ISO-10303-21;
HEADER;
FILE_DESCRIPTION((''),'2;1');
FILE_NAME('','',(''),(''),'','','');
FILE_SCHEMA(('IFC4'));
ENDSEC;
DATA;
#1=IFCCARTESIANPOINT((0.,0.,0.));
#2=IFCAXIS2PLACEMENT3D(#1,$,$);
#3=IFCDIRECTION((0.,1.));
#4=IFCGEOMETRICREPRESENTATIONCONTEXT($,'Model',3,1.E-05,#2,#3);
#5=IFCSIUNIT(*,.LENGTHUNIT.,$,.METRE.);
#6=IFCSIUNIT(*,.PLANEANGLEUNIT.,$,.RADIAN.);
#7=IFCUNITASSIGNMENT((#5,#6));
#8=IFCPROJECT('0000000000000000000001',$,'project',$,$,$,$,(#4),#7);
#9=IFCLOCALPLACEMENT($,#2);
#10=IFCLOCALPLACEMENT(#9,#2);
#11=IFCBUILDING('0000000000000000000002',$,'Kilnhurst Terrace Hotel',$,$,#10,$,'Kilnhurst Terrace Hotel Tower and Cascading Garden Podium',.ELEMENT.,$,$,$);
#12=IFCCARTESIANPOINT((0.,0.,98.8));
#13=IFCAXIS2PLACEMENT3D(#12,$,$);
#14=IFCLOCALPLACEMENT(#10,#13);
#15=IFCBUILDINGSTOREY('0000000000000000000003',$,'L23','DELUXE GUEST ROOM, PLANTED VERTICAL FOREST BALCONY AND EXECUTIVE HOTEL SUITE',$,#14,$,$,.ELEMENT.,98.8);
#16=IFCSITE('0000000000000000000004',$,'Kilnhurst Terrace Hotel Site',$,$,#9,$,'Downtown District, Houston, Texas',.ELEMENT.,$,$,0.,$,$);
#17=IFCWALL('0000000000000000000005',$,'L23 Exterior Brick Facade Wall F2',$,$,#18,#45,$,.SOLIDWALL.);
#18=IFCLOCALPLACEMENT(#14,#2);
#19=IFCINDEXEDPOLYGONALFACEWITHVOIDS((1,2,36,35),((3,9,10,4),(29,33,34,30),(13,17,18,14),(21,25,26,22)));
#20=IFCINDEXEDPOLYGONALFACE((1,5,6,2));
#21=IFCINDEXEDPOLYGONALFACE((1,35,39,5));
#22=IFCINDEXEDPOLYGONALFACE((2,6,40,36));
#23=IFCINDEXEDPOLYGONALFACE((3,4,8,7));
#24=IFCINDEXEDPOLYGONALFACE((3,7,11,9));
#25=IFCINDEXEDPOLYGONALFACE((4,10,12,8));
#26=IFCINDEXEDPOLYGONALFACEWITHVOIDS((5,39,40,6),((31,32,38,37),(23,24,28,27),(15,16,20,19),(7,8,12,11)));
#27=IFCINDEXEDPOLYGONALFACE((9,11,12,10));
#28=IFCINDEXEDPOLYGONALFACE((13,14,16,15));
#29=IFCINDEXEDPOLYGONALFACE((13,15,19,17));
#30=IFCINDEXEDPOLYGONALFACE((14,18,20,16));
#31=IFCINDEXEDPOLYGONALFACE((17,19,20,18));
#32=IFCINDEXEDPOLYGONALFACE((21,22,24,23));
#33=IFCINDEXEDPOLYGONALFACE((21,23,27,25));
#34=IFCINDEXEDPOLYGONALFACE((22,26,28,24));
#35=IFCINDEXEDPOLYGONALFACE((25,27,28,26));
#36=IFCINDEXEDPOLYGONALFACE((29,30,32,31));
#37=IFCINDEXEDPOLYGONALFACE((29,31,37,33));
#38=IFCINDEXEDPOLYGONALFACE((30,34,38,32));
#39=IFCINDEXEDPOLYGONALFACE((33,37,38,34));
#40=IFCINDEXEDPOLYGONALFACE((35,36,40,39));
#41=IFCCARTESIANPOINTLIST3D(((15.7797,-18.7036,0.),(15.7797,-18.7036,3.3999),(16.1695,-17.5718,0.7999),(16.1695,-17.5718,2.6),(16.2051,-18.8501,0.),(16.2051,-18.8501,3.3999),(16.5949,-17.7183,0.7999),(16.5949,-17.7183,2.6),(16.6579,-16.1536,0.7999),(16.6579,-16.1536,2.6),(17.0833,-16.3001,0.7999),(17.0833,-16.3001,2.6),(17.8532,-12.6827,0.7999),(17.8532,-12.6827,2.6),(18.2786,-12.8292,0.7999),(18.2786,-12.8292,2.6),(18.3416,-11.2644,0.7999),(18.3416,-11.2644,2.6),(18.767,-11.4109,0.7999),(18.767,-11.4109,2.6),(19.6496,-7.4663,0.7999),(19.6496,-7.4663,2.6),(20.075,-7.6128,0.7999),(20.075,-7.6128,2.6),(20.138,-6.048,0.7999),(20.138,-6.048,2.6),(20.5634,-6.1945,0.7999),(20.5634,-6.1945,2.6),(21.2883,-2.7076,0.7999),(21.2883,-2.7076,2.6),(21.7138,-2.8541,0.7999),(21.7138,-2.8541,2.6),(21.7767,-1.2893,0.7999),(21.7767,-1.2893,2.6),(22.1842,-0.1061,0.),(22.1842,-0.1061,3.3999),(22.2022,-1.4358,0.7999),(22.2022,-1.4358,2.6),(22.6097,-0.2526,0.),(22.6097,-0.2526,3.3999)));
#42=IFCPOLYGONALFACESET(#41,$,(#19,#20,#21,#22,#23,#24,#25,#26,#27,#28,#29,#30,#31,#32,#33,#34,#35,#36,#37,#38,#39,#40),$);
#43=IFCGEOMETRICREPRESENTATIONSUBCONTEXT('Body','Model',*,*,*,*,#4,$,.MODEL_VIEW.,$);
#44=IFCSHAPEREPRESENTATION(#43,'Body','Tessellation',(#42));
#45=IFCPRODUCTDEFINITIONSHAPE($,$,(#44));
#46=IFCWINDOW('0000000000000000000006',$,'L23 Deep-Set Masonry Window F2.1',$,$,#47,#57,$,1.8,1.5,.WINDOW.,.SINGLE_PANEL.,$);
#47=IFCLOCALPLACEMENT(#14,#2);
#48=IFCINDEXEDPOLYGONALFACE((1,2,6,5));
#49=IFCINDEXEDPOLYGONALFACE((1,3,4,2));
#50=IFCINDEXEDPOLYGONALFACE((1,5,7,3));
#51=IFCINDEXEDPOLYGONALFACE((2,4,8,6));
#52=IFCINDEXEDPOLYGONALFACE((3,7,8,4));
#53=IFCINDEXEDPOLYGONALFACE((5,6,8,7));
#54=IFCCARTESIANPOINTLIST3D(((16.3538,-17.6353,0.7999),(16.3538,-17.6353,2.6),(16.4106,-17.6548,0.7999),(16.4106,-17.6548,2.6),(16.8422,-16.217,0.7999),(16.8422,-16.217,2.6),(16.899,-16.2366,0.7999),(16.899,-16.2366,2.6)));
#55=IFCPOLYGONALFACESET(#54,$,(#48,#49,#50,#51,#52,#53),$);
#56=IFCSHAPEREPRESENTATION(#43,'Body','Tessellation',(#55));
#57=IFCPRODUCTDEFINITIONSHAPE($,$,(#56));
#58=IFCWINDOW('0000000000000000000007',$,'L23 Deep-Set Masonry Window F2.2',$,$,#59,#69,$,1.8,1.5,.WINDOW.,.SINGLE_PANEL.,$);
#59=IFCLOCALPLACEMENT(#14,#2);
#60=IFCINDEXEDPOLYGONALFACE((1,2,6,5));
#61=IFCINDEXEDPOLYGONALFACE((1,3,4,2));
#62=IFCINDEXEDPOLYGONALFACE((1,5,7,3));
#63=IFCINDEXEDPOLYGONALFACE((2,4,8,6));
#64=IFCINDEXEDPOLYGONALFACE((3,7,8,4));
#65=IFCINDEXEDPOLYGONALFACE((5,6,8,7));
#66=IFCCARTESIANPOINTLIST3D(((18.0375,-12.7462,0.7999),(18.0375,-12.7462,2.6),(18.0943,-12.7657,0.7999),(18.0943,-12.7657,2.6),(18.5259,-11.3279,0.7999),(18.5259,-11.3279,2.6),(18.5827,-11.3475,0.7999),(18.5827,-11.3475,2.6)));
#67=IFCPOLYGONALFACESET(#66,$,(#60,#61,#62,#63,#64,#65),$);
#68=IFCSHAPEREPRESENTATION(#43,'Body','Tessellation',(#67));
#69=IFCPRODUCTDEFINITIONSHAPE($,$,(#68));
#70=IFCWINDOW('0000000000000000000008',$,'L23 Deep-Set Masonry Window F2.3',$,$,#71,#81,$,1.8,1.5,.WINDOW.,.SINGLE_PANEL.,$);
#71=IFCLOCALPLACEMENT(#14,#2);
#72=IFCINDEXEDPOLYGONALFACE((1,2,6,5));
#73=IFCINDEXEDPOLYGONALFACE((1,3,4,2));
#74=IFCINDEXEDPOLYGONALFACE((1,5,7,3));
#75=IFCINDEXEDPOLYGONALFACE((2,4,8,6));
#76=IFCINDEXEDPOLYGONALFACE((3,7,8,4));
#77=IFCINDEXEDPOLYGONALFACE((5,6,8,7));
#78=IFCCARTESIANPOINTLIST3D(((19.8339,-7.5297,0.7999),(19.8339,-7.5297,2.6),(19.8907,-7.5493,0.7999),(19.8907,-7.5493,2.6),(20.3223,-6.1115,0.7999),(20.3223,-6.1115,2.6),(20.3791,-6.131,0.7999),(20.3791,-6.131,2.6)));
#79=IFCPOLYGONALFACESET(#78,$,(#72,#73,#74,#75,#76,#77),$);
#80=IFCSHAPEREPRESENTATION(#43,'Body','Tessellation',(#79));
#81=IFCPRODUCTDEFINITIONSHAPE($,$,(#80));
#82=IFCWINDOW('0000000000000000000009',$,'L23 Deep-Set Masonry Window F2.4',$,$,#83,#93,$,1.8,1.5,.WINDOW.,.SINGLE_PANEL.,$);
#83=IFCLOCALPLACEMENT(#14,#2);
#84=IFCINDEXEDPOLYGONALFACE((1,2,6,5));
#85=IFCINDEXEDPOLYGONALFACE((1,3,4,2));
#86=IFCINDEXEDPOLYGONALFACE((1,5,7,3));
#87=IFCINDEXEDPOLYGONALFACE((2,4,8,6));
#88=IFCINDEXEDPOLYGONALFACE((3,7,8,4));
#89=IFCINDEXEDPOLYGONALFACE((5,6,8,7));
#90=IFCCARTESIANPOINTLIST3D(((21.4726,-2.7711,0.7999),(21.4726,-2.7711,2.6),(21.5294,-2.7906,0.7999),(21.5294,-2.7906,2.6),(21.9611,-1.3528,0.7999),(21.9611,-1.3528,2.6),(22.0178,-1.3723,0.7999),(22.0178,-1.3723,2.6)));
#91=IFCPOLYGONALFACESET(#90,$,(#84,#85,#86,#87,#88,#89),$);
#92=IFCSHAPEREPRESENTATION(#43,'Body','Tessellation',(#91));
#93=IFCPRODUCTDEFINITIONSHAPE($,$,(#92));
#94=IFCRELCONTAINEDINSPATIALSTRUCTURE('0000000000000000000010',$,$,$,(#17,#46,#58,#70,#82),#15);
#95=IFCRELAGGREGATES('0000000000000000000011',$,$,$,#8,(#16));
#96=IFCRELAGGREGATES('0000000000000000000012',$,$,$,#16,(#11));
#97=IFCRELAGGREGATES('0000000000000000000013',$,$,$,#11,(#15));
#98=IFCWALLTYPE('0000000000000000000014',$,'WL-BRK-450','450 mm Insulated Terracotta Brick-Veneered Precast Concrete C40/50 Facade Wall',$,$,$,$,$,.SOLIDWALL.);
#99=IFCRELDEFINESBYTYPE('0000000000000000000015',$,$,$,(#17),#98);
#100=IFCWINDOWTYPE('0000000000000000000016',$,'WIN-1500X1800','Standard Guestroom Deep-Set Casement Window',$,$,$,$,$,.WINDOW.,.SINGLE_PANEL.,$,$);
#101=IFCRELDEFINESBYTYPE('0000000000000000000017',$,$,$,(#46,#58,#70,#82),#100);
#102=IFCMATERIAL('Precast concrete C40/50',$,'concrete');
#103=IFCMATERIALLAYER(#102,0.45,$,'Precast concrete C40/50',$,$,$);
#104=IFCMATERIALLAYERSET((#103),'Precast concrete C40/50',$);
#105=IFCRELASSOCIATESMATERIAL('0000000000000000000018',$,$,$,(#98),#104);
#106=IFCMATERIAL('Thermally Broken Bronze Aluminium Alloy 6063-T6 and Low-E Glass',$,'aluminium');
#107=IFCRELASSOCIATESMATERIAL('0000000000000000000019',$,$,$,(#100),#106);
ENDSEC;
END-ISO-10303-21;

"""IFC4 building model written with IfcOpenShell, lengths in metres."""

from ifc_helpers import new_model, si_unit, direction, frame, frame_2d, origin, place, context, subcontext, project, spatial, rectangle, extrude, material, layer, layer_set, type_object, element, fill, save


model = new_model("IFC4")

# Units and contexts
model_context = context("Model", 3, precision=1e-05, world=origin(), true_north=direction((0.0, 1.0)))
body_context = subcontext(model_context, "Body", "Model", "MODEL_VIEW")
ifc_project = project(units=[si_unit("LENGTHUNIT", "METRE"), si_unit("PLANEANGLEUNIT", "RADIAN")], contexts=[model_context])

# Site, building, storey
site_placement = place(None, origin())
site = spatial("IfcSite", under=ifc_project, at=site_placement, Name="Kilnhurst Terrace Hotel Site", LongName="Downtown District, Houston, Texas", CompositionType="ELEMENT", RefElevation=0.0)
building_placement = place(site_placement, origin())
building = spatial("IfcBuilding", under=site, at=building_placement, Name="Kilnhurst Terrace Hotel", LongName="Kilnhurst Terrace Hotel Tower and Cascading Garden Podium", CompositionType="ELEMENT")
storey_placement = place(building_placement, frame((0.0, 0.0, 98.8)))
storey = spatial("IfcBuildingStorey", under=building, at=storey_placement, Name="L23", Description="DELUXE GUEST ROOM, PLANTED VERTICAL FOREST BALCONY AND EXECUTIVE HOTEL SUITE", CompositionType="ELEMENT", Elevation=98.8)

# Shared definitions
ifc_material_1 = material(Name="Precast concrete C40/50", Category="concrete")
ifc_layer_1 = layer(ifc_material_1, 0.45, Name="Precast concrete C40/50")
ifc_layer_set_1 = layer_set([ifc_layer_1], Name="Precast concrete C40/50")
wall_type_1 = type_object("IfcWallType", Name="WL-BRK-450", Description="450 mm Insulated Terracotta Brick-Veneered Precast Concrete C40/50 Facade Wall", PredefinedType="SOLIDWALL", material=ifc_layer_set_1)

# Wall, openings, windows
wall_1_placement = place(storey_placement, frame((15.9924, -18.7769, 0.0), z_axis=(0.0, 0.0, 1.0), x_axis=(0.325607, 0.945505, 0.0)))
wall_1 = element("IfcWall", 1, at=wall_1_placement, inside=storey, type_object=wall_type_1, Name="L23 Exterior Brick Facade Wall F2", PredefinedType="SOLIDWALL", context=body_context, shape_type="SweptSolid", body=[
    extrude(rectangle(XDim=19.6694, YDim=0.45, at=frame_2d((9.8347, 0.0))), origin(), (0.0, 0.0, 1.0), 3.3999),
])
opening_1_placement = place(wall_1_placement, frame((1.197, 0.0, 0.8)))
opening_1 = element("IfcOpeningElement", 2, at=opening_1_placement, cuts=wall_1, PredefinedType="OPENING", context=body_context, shape_type="SweptSolid", body=[
    extrude(rectangle(XDim=1.5, YDim=1.8, at=frame_2d((0.75, 0.8999))), frame((0.0, 0.2349, 0.0), z_axis=(0.0, -1.0, 0.0), x_axis=(1.0, 0.0, 0.0)), (0.0, 0.0, 1.0), 0.47),
])
opening_2_placement = place(wall_1_placement, frame((6.3679, 0.0, 0.8)))
opening_2 = element("IfcOpeningElement", 3, at=opening_2_placement, cuts=wall_1, PredefinedType="OPENING", context=body_context, shape_type="SweptSolid", body=[
    extrude(rectangle(XDim=1.5, YDim=1.8, at=frame_2d((0.75, 0.8999))), frame((0.0, 0.2349, 0.0), z_axis=(0.0, -1.0, 0.0), x_axis=(1.0, 0.0, 0.0)), (0.0, 0.0, 1.0), 0.47),
])
opening_3_placement = place(wall_1_placement, frame((11.885, 0.0, 0.8)))
opening_3 = element("IfcOpeningElement", 4, at=opening_3_placement, cuts=wall_1, PredefinedType="OPENING", context=body_context, shape_type="SweptSolid", body=[
    extrude(rectangle(XDim=1.5, YDim=1.8, at=frame_2d((0.75, 0.8999))), frame((0.0, 0.2349, 0.0), z_axis=(0.0, -1.0, 0.0), x_axis=(1.0, 0.0, 0.0)), (0.0, 0.0, 1.0), 0.47),
])
opening_4_placement = place(wall_1_placement, frame((16.918, 0.0, 0.8)))
opening_4 = element("IfcOpeningElement", 5, at=opening_4_placement, cuts=wall_1, PredefinedType="OPENING", context=body_context, shape_type="SweptSolid", body=[
    extrude(rectangle(XDim=1.5, YDim=1.8, at=frame_2d((0.75, 0.8999))), frame((0.0, 0.2349, 0.0), z_axis=(0.0, -1.0, 0.0), x_axis=(1.0, 0.0, 0.0)), (0.0, 0.0, 1.0), 0.47),
])
ifc_material_2 = material(Name="Thermally Broken Bronze Aluminium Alloy 6063-T6 and Low-E Glass", Category="aluminium")
window_type = type_object("IfcWindowType", Name="WIN-1500X1800", Description="Standard Guestroom Deep-Set Casement Window", PartitioningType="SINGLE_PANEL", PredefinedType="WINDOW", material=ifc_material_2)
window_1_placement = place(opening_1_placement, origin())
window_1 = element("IfcWindow", 6, at=window_1_placement, inside=storey, type_object=window_type, Name="L23 Deep-Set Masonry Window F2.1", OverallHeight=1.8, OverallWidth=1.5, PartitioningType="SINGLE_PANEL", PredefinedType="WINDOW", context=body_context, shape_type="SweptSolid", body=[
    extrude(rectangle(XDim=1.5, YDim=1.8, at=frame_2d((0.75, 0.8999))), frame((0.0, 0.03, 0.0), z_axis=(0.0, -1.0, 0.0), x_axis=(1.0, 0.0, 0.0)), (0.0, 0.0, 1.0), 0.0601),
])
fill(opening_1, window_1)
window_2_placement = place(opening_2_placement, origin())
window_2 = element("IfcWindow", 7, at=window_2_placement, inside=storey, type_object=window_type, Name="L23 Deep-Set Masonry Window F2.2", OverallHeight=1.8, OverallWidth=1.5, PartitioningType="SINGLE_PANEL", PredefinedType="WINDOW", context=body_context, shape_type="SweptSolid", body=[
    extrude(rectangle(XDim=1.5, YDim=1.8, at=frame_2d((0.75, 0.8999))), frame((0.0, 0.03, 0.0), z_axis=(0.0, -1.0, 0.0), x_axis=(1.0, 0.0, 0.0)), (0.0, 0.0, 1.0), 0.0601),
])
fill(opening_2, window_2)
window_3_placement = place(opening_3_placement, origin())
window_3 = element("IfcWindow", 8, at=window_3_placement, inside=storey, type_object=window_type, Name="L23 Deep-Set Masonry Window F2.3", OverallHeight=1.8, OverallWidth=1.5, PartitioningType="SINGLE_PANEL", PredefinedType="WINDOW", context=body_context, shape_type="SweptSolid", body=[
    extrude(rectangle(XDim=1.5, YDim=1.8, at=frame_2d((0.75, 0.8999))), frame((0.0, 0.03, 0.0), z_axis=(0.0, -1.0, 0.0), x_axis=(1.0, 0.0, 0.0)), (0.0, 0.0, 1.0), 0.0601),
])
fill(opening_3, window_3)
window_4_placement = place(opening_4_placement, origin())
window_4 = element("IfcWindow", 9, at=window_4_placement, inside=storey, type_object=window_type, Name="L23 Deep-Set Masonry Window F2.4", OverallHeight=1.8, OverallWidth=1.5, PartitioningType="SINGLE_PANEL", PredefinedType="WINDOW", context=body_context, shape_type="SweptSolid", body=[
    extrude(rectangle(XDim=1.5, YDim=1.8, at=frame_2d((0.75, 0.8999))), frame((0.0, 0.03, 0.0), z_axis=(0.0, -1.0, 0.0), x_axis=(1.0, 0.0, 0.0)), (0.0, 0.0, 1.0), 0.0601),
])
fill(opening_4, window_4)

save(model, "model.ifc")
